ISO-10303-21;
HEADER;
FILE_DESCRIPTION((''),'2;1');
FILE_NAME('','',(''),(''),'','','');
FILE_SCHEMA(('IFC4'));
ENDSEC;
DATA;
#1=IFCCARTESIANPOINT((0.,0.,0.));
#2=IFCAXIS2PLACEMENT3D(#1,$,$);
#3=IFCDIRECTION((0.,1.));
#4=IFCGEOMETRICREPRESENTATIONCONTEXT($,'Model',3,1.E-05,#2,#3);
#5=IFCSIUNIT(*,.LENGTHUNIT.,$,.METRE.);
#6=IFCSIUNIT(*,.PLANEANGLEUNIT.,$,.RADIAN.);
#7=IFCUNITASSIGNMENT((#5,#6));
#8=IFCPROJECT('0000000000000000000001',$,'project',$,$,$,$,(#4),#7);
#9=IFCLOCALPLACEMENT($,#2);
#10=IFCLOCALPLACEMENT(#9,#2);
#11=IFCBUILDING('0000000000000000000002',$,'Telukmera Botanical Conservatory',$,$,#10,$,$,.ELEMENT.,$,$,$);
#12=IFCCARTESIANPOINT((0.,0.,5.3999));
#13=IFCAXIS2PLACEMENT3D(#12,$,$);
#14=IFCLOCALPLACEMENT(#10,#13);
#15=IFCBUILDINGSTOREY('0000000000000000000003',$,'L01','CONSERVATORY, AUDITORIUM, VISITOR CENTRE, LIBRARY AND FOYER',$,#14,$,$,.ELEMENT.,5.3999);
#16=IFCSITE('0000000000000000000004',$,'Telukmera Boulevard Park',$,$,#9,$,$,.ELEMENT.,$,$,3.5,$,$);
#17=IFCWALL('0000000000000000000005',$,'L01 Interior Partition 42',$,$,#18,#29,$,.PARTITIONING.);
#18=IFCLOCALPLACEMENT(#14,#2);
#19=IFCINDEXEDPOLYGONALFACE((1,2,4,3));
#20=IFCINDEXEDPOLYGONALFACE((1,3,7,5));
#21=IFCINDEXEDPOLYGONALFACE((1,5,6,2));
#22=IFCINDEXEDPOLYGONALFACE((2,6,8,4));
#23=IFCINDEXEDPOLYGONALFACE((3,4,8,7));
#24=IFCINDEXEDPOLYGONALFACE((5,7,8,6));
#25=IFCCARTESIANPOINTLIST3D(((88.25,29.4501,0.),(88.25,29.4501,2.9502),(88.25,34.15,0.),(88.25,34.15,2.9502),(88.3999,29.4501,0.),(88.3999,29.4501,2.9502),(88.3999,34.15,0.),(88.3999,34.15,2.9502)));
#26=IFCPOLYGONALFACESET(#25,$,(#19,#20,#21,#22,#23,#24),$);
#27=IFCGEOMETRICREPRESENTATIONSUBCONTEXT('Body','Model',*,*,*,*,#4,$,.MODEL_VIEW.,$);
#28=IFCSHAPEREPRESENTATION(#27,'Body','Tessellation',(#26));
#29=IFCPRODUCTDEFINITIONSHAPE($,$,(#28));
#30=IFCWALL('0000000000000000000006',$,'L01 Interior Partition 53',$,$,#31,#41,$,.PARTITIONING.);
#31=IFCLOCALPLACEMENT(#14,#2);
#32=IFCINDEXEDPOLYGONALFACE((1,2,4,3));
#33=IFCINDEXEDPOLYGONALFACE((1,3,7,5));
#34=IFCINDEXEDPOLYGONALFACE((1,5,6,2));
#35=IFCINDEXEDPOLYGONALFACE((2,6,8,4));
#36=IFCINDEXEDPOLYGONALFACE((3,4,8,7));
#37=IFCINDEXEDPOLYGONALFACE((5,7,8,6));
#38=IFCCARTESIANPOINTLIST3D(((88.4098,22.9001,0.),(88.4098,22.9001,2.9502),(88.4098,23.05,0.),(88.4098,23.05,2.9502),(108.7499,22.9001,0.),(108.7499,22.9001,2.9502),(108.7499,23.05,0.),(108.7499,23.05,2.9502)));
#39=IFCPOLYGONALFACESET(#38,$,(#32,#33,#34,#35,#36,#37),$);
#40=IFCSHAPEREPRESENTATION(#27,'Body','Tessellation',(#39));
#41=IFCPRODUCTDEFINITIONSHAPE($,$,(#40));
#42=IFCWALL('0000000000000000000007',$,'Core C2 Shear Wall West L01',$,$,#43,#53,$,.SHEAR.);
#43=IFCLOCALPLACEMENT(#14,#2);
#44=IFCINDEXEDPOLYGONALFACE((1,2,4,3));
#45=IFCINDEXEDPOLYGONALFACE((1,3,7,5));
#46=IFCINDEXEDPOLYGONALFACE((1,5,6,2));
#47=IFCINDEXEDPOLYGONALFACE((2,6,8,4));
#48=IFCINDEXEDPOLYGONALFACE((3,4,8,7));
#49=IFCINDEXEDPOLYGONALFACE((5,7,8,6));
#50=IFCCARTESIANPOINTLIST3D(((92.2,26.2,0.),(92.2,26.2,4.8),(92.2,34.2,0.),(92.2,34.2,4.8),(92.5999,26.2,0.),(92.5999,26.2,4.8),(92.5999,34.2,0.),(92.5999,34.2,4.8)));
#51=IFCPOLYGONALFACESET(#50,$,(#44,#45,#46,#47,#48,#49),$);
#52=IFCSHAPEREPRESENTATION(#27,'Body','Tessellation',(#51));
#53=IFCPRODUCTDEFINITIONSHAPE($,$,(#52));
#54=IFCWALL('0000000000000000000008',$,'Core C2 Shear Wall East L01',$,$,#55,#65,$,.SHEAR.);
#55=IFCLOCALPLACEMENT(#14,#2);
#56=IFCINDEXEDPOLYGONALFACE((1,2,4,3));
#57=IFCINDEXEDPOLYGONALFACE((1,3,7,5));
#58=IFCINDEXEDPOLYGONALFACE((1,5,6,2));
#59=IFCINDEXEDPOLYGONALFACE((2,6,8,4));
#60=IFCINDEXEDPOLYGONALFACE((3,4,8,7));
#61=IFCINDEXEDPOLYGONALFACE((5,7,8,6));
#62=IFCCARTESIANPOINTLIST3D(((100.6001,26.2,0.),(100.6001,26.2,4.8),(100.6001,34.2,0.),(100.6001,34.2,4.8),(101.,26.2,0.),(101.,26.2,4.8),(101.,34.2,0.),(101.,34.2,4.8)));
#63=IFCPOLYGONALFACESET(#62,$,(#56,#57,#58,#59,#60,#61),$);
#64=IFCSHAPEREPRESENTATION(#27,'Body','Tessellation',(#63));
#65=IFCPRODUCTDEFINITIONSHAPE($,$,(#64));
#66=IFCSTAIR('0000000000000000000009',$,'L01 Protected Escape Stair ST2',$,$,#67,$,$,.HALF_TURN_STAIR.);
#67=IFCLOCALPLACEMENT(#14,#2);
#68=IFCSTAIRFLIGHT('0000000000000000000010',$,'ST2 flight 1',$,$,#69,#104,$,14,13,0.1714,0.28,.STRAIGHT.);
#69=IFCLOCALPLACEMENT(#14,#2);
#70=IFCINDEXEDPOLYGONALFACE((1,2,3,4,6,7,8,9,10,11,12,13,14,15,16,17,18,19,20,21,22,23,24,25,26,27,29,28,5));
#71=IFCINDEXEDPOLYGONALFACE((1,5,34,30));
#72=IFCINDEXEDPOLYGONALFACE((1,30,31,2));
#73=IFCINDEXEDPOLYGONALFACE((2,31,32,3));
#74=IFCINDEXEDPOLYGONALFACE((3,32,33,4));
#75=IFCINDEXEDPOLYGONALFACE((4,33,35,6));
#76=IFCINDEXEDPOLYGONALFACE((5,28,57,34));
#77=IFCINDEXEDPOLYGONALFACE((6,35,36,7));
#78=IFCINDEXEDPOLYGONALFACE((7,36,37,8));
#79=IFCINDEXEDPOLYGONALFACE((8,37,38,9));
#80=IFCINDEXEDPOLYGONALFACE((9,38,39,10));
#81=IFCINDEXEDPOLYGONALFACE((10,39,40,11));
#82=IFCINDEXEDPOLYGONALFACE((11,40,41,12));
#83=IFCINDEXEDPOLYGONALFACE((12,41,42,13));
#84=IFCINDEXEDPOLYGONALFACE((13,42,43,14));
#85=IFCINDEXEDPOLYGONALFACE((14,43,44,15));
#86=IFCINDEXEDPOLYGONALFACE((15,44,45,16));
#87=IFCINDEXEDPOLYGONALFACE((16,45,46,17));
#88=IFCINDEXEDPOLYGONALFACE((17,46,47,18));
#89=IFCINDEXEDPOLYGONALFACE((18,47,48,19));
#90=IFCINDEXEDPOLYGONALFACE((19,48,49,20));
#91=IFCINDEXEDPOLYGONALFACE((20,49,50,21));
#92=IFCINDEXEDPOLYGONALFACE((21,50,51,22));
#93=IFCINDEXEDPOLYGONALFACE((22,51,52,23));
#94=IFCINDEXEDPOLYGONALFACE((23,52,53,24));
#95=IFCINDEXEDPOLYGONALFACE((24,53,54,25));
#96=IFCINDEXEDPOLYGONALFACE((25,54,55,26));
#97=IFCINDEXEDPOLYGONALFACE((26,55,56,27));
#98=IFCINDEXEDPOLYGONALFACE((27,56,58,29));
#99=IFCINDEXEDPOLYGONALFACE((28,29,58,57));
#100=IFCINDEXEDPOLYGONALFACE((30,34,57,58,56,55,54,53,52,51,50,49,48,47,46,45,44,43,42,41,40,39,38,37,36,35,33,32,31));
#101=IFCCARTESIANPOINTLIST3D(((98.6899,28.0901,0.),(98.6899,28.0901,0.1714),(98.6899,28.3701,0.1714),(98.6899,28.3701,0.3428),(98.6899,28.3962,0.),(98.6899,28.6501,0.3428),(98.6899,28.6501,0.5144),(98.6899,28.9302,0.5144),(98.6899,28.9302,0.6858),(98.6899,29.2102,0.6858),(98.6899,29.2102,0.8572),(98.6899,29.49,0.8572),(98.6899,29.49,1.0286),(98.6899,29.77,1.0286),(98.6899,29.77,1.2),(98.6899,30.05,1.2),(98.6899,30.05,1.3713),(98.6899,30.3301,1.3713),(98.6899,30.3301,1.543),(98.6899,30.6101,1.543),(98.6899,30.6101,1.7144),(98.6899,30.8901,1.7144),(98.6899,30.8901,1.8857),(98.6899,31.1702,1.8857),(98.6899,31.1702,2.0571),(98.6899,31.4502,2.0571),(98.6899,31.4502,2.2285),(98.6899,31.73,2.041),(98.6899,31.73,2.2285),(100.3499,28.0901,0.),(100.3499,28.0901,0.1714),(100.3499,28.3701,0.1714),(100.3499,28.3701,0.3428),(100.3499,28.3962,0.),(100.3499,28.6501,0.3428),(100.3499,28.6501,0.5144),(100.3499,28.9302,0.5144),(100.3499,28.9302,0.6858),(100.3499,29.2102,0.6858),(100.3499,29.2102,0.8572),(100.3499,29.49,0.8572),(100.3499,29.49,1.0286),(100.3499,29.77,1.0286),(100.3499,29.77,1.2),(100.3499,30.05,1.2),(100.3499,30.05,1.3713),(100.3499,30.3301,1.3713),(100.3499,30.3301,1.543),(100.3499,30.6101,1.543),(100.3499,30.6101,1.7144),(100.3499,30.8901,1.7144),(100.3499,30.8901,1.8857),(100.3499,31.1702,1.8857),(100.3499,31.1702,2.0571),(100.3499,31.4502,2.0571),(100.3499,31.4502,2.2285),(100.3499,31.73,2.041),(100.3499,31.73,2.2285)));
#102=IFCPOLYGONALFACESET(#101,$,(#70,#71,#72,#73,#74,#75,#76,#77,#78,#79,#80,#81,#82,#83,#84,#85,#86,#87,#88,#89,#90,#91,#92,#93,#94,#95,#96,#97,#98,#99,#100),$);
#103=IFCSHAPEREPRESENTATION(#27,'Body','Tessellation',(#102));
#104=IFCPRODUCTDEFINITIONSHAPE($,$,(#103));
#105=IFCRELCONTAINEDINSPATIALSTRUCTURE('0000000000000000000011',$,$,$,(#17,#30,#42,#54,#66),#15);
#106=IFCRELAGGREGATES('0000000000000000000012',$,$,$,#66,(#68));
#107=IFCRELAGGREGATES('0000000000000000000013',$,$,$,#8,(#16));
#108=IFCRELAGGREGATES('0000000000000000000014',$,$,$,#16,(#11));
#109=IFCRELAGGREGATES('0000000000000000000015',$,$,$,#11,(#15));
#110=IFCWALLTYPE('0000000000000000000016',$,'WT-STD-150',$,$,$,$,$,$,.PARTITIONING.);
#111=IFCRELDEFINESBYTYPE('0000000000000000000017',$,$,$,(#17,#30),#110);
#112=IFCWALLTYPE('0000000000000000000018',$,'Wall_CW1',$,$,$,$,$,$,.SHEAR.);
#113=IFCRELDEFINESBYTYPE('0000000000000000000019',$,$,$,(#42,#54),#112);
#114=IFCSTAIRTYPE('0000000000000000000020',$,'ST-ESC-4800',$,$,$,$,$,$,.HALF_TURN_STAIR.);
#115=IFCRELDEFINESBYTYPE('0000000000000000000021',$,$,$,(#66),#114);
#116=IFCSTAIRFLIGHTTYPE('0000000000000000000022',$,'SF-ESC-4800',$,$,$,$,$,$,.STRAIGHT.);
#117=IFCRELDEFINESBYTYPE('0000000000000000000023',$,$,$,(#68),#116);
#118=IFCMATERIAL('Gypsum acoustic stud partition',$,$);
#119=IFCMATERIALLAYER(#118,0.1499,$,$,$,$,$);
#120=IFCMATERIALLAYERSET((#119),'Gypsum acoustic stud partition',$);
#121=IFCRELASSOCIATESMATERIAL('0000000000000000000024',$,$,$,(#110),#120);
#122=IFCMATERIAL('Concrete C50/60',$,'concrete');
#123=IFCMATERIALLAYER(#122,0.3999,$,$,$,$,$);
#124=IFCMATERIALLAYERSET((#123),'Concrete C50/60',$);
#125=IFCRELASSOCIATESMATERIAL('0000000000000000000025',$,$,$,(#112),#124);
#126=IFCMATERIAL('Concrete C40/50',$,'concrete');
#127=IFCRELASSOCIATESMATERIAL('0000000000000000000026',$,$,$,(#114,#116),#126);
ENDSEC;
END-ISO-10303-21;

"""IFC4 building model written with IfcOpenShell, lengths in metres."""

from ifc_helpers import new_model, si_unit, direction, frame, frame_2d, origin, place, context, subcontext, project, spatial, polyline, rectangle, outline, extrude, material, layer, layer_set, type_object, element, aggregate, save


model = new_model("IFC4")

# Units and contexts
model_context = context("Model", 3, precision=1e-05, world=origin(), true_north=direction((0.0, 1.0)))
body_context = subcontext(model_context, "Body", "Model", "MODEL_VIEW")
ifc_project = project(units=[si_unit("LENGTHUNIT", "METRE"), si_unit("PLANEANGLEUNIT", "RADIAN")], contexts=[model_context])

# Site, building, storey
site_placement = place(None, origin())
site = spatial("IfcSite", under=ifc_project, at=site_placement, Name="Telukmera Boulevard Park", CompositionType="ELEMENT", RefElevation=3.5)
building_placement = place(site_placement, origin())
building = spatial("IfcBuilding", under=site, at=building_placement, Name="Telukmera Botanical Conservatory", CompositionType="ELEMENT")
storey_placement = place(building_placement, frame((0.0, 0.0, 5.3999)))
storey = spatial("IfcBuildingStorey", under=building, at=storey_placement, Name="L01", Description="CONSERVATORY, AUDITORIUM, VISITOR CENTRE, LIBRARY AND FOYER", CompositionType="ELEMENT", Elevation=5.3999)

# Shared definitions
ifc_material_1 = material(Name="Concrete C50/60", Category="concrete")

# Shared definitions
ifc_material_2 = material(Name="Concrete C40/50", Category="concrete")

# Walls
ifc_material_3 = material(Name="Gypsum acoustic stud partition")
ifc_layer_1 = layer(ifc_material_3, 0.1499)
ifc_layer_set_1 = layer_set([ifc_layer_1], Name="Gypsum acoustic stud partition")
wall_type_1 = type_object("IfcWallType", Name="WT-STD-150", PredefinedType="PARTITIONING", material=ifc_layer_set_1)
wall_1_placement = place(storey_placement, frame((88.325, 29.45, 0.0), z_axis=(0.0, 0.0, 1.0), x_axis=(0.0, 1.0, 0.0)))
element("IfcWall", 1, at=wall_1_placement, inside=storey, type_object=wall_type_1, Name="L01 Interior Partition 42", PredefinedType="PARTITIONING", context=body_context, shape_type="SweptSolid", body=[
    extrude(rectangle(XDim=4.7, YDim=0.1499, at=frame_2d((2.3501, 0.0))), origin(), (0.0, 0.0, 1.0), 2.9502),
])
wall_2_placement = place(storey_placement, frame((88.4099, 22.9751, 0.0), z_axis=(0.0, 0.0, 1.0), x_axis=(1.0, 0.0, 0.0)))
element("IfcWall", 2, at=wall_2_placement, inside=storey, type_object=wall_type_1, Name="L01 Interior Partition 53", PredefinedType="PARTITIONING", context=body_context, shape_type="SweptSolid", body=[
    extrude(rectangle(XDim=20.3401, YDim=0.1499, at=frame_2d((10.1699, 0.0))), origin(), (0.0, 0.0, 1.0), 2.9502),
])
ifc_layer_2 = layer(ifc_material_1, 0.3999)
ifc_layer_set_2 = layer_set([ifc_layer_2], Name="Concrete C50/60")
wall_type_2 = type_object("IfcWallType", Name="Wall_CW1", PredefinedType="SHEAR", material=ifc_layer_set_2)
for number, where, z_axis, x_axis, name in (
    (3, (92.3999, 26.2, 0.0), (0.0, 0.0, 1.0), (0.0, 1.0, 0.0), "Core C2 Shear Wall West L01"),
    (4, (100.8, 26.2, 0.0), (0.0, 0.0, 1.0), (0.0, 1.0, 0.0), "Core C2 Shear Wall East L01"),
):
    element("IfcWall", number, at=place(storey_placement, frame(where, z_axis=z_axis, x_axis=x_axis)), inside=storey, type_object=wall_type_2, Name=name, PredefinedType="SHEAR", context=body_context, shape_type="SweptSolid", body=[
        extrude(rectangle(XDim=8.0, YDim=0.3999, at=frame_2d((4.0, 0.0))), origin(), (0.0, 0.0, 1.0), 4.8),
    ])

# Stair, stair flight
stair_type = type_object("IfcStairType", Name="ST-ESC-4800", PredefinedType="HALF_TURN_STAIR", material=ifc_material_2)
stair_placement = place(storey_placement, origin())
stair = element("IfcStair", 5, at=stair_placement, inside=storey, type_object=stair_type, Name="L01 Protected Escape Stair ST2", PredefinedType="HALF_TURN_STAIR")
stair_flight_type = type_object("IfcStairFlightType", Name="SF-ESC-4800", PredefinedType="STRAIGHT", material=ifc_material_2)
stair_flight_placement = place(storey_placement, frame((99.52, 28.0901, 0.0), z_axis=(0.0, 0.0, 1.0), x_axis=(0.0, 1.0, 0.0)))
stair_flight = element("IfcStairFlight", 6, at=stair_flight_placement, type_object=stair_flight_type, Name="ST2 flight 1", NumberOfRisers=14, NumberOfTreads=13, PredefinedType="STRAIGHT", RiserHeight=0.1714, TreadLength=0.28, context=body_context, shape_type="SweptSolid", body=[
    extrude(outline(polyline([(0.0, 0.0), (0.0, 0.1714), (0.28, 0.1714), (0.28, 0.3428), (0.5601, 0.3428), (0.5601, 0.5144), (0.8401, 0.5144), (0.8401, 0.6858), (1.1201, 0.6858), (1.1201, 0.8572), (1.3999, 0.8572), (1.3999, 1.0286), (1.6799, 1.0286), (1.6799, 1.2), (1.96, 1.2), (1.96, 1.3713), (2.24, 1.3713), (2.24, 1.543), (2.52, 1.543), (2.52, 1.7144), (2.8, 1.7144), (2.8, 1.8857), (3.0801, 1.8857), (3.0801, 2.0571), (3.3601, 2.0571), (3.3601, 2.2285), (3.6399, 2.2285), (3.6399, 2.3999), (3.6399, 2.041), (0.3062, 0.0), (0.0, 0.0)])), frame((0.0, 0.8301, 0.0), z_axis=(0.0, -1.0, 0.0), x_axis=(1.0, 0.0, 0.0)), (0.0, 0.0, 1.0), 1.6599),
])
aggregate(stair, [stair_flight])

save(model, "model.ifc")
